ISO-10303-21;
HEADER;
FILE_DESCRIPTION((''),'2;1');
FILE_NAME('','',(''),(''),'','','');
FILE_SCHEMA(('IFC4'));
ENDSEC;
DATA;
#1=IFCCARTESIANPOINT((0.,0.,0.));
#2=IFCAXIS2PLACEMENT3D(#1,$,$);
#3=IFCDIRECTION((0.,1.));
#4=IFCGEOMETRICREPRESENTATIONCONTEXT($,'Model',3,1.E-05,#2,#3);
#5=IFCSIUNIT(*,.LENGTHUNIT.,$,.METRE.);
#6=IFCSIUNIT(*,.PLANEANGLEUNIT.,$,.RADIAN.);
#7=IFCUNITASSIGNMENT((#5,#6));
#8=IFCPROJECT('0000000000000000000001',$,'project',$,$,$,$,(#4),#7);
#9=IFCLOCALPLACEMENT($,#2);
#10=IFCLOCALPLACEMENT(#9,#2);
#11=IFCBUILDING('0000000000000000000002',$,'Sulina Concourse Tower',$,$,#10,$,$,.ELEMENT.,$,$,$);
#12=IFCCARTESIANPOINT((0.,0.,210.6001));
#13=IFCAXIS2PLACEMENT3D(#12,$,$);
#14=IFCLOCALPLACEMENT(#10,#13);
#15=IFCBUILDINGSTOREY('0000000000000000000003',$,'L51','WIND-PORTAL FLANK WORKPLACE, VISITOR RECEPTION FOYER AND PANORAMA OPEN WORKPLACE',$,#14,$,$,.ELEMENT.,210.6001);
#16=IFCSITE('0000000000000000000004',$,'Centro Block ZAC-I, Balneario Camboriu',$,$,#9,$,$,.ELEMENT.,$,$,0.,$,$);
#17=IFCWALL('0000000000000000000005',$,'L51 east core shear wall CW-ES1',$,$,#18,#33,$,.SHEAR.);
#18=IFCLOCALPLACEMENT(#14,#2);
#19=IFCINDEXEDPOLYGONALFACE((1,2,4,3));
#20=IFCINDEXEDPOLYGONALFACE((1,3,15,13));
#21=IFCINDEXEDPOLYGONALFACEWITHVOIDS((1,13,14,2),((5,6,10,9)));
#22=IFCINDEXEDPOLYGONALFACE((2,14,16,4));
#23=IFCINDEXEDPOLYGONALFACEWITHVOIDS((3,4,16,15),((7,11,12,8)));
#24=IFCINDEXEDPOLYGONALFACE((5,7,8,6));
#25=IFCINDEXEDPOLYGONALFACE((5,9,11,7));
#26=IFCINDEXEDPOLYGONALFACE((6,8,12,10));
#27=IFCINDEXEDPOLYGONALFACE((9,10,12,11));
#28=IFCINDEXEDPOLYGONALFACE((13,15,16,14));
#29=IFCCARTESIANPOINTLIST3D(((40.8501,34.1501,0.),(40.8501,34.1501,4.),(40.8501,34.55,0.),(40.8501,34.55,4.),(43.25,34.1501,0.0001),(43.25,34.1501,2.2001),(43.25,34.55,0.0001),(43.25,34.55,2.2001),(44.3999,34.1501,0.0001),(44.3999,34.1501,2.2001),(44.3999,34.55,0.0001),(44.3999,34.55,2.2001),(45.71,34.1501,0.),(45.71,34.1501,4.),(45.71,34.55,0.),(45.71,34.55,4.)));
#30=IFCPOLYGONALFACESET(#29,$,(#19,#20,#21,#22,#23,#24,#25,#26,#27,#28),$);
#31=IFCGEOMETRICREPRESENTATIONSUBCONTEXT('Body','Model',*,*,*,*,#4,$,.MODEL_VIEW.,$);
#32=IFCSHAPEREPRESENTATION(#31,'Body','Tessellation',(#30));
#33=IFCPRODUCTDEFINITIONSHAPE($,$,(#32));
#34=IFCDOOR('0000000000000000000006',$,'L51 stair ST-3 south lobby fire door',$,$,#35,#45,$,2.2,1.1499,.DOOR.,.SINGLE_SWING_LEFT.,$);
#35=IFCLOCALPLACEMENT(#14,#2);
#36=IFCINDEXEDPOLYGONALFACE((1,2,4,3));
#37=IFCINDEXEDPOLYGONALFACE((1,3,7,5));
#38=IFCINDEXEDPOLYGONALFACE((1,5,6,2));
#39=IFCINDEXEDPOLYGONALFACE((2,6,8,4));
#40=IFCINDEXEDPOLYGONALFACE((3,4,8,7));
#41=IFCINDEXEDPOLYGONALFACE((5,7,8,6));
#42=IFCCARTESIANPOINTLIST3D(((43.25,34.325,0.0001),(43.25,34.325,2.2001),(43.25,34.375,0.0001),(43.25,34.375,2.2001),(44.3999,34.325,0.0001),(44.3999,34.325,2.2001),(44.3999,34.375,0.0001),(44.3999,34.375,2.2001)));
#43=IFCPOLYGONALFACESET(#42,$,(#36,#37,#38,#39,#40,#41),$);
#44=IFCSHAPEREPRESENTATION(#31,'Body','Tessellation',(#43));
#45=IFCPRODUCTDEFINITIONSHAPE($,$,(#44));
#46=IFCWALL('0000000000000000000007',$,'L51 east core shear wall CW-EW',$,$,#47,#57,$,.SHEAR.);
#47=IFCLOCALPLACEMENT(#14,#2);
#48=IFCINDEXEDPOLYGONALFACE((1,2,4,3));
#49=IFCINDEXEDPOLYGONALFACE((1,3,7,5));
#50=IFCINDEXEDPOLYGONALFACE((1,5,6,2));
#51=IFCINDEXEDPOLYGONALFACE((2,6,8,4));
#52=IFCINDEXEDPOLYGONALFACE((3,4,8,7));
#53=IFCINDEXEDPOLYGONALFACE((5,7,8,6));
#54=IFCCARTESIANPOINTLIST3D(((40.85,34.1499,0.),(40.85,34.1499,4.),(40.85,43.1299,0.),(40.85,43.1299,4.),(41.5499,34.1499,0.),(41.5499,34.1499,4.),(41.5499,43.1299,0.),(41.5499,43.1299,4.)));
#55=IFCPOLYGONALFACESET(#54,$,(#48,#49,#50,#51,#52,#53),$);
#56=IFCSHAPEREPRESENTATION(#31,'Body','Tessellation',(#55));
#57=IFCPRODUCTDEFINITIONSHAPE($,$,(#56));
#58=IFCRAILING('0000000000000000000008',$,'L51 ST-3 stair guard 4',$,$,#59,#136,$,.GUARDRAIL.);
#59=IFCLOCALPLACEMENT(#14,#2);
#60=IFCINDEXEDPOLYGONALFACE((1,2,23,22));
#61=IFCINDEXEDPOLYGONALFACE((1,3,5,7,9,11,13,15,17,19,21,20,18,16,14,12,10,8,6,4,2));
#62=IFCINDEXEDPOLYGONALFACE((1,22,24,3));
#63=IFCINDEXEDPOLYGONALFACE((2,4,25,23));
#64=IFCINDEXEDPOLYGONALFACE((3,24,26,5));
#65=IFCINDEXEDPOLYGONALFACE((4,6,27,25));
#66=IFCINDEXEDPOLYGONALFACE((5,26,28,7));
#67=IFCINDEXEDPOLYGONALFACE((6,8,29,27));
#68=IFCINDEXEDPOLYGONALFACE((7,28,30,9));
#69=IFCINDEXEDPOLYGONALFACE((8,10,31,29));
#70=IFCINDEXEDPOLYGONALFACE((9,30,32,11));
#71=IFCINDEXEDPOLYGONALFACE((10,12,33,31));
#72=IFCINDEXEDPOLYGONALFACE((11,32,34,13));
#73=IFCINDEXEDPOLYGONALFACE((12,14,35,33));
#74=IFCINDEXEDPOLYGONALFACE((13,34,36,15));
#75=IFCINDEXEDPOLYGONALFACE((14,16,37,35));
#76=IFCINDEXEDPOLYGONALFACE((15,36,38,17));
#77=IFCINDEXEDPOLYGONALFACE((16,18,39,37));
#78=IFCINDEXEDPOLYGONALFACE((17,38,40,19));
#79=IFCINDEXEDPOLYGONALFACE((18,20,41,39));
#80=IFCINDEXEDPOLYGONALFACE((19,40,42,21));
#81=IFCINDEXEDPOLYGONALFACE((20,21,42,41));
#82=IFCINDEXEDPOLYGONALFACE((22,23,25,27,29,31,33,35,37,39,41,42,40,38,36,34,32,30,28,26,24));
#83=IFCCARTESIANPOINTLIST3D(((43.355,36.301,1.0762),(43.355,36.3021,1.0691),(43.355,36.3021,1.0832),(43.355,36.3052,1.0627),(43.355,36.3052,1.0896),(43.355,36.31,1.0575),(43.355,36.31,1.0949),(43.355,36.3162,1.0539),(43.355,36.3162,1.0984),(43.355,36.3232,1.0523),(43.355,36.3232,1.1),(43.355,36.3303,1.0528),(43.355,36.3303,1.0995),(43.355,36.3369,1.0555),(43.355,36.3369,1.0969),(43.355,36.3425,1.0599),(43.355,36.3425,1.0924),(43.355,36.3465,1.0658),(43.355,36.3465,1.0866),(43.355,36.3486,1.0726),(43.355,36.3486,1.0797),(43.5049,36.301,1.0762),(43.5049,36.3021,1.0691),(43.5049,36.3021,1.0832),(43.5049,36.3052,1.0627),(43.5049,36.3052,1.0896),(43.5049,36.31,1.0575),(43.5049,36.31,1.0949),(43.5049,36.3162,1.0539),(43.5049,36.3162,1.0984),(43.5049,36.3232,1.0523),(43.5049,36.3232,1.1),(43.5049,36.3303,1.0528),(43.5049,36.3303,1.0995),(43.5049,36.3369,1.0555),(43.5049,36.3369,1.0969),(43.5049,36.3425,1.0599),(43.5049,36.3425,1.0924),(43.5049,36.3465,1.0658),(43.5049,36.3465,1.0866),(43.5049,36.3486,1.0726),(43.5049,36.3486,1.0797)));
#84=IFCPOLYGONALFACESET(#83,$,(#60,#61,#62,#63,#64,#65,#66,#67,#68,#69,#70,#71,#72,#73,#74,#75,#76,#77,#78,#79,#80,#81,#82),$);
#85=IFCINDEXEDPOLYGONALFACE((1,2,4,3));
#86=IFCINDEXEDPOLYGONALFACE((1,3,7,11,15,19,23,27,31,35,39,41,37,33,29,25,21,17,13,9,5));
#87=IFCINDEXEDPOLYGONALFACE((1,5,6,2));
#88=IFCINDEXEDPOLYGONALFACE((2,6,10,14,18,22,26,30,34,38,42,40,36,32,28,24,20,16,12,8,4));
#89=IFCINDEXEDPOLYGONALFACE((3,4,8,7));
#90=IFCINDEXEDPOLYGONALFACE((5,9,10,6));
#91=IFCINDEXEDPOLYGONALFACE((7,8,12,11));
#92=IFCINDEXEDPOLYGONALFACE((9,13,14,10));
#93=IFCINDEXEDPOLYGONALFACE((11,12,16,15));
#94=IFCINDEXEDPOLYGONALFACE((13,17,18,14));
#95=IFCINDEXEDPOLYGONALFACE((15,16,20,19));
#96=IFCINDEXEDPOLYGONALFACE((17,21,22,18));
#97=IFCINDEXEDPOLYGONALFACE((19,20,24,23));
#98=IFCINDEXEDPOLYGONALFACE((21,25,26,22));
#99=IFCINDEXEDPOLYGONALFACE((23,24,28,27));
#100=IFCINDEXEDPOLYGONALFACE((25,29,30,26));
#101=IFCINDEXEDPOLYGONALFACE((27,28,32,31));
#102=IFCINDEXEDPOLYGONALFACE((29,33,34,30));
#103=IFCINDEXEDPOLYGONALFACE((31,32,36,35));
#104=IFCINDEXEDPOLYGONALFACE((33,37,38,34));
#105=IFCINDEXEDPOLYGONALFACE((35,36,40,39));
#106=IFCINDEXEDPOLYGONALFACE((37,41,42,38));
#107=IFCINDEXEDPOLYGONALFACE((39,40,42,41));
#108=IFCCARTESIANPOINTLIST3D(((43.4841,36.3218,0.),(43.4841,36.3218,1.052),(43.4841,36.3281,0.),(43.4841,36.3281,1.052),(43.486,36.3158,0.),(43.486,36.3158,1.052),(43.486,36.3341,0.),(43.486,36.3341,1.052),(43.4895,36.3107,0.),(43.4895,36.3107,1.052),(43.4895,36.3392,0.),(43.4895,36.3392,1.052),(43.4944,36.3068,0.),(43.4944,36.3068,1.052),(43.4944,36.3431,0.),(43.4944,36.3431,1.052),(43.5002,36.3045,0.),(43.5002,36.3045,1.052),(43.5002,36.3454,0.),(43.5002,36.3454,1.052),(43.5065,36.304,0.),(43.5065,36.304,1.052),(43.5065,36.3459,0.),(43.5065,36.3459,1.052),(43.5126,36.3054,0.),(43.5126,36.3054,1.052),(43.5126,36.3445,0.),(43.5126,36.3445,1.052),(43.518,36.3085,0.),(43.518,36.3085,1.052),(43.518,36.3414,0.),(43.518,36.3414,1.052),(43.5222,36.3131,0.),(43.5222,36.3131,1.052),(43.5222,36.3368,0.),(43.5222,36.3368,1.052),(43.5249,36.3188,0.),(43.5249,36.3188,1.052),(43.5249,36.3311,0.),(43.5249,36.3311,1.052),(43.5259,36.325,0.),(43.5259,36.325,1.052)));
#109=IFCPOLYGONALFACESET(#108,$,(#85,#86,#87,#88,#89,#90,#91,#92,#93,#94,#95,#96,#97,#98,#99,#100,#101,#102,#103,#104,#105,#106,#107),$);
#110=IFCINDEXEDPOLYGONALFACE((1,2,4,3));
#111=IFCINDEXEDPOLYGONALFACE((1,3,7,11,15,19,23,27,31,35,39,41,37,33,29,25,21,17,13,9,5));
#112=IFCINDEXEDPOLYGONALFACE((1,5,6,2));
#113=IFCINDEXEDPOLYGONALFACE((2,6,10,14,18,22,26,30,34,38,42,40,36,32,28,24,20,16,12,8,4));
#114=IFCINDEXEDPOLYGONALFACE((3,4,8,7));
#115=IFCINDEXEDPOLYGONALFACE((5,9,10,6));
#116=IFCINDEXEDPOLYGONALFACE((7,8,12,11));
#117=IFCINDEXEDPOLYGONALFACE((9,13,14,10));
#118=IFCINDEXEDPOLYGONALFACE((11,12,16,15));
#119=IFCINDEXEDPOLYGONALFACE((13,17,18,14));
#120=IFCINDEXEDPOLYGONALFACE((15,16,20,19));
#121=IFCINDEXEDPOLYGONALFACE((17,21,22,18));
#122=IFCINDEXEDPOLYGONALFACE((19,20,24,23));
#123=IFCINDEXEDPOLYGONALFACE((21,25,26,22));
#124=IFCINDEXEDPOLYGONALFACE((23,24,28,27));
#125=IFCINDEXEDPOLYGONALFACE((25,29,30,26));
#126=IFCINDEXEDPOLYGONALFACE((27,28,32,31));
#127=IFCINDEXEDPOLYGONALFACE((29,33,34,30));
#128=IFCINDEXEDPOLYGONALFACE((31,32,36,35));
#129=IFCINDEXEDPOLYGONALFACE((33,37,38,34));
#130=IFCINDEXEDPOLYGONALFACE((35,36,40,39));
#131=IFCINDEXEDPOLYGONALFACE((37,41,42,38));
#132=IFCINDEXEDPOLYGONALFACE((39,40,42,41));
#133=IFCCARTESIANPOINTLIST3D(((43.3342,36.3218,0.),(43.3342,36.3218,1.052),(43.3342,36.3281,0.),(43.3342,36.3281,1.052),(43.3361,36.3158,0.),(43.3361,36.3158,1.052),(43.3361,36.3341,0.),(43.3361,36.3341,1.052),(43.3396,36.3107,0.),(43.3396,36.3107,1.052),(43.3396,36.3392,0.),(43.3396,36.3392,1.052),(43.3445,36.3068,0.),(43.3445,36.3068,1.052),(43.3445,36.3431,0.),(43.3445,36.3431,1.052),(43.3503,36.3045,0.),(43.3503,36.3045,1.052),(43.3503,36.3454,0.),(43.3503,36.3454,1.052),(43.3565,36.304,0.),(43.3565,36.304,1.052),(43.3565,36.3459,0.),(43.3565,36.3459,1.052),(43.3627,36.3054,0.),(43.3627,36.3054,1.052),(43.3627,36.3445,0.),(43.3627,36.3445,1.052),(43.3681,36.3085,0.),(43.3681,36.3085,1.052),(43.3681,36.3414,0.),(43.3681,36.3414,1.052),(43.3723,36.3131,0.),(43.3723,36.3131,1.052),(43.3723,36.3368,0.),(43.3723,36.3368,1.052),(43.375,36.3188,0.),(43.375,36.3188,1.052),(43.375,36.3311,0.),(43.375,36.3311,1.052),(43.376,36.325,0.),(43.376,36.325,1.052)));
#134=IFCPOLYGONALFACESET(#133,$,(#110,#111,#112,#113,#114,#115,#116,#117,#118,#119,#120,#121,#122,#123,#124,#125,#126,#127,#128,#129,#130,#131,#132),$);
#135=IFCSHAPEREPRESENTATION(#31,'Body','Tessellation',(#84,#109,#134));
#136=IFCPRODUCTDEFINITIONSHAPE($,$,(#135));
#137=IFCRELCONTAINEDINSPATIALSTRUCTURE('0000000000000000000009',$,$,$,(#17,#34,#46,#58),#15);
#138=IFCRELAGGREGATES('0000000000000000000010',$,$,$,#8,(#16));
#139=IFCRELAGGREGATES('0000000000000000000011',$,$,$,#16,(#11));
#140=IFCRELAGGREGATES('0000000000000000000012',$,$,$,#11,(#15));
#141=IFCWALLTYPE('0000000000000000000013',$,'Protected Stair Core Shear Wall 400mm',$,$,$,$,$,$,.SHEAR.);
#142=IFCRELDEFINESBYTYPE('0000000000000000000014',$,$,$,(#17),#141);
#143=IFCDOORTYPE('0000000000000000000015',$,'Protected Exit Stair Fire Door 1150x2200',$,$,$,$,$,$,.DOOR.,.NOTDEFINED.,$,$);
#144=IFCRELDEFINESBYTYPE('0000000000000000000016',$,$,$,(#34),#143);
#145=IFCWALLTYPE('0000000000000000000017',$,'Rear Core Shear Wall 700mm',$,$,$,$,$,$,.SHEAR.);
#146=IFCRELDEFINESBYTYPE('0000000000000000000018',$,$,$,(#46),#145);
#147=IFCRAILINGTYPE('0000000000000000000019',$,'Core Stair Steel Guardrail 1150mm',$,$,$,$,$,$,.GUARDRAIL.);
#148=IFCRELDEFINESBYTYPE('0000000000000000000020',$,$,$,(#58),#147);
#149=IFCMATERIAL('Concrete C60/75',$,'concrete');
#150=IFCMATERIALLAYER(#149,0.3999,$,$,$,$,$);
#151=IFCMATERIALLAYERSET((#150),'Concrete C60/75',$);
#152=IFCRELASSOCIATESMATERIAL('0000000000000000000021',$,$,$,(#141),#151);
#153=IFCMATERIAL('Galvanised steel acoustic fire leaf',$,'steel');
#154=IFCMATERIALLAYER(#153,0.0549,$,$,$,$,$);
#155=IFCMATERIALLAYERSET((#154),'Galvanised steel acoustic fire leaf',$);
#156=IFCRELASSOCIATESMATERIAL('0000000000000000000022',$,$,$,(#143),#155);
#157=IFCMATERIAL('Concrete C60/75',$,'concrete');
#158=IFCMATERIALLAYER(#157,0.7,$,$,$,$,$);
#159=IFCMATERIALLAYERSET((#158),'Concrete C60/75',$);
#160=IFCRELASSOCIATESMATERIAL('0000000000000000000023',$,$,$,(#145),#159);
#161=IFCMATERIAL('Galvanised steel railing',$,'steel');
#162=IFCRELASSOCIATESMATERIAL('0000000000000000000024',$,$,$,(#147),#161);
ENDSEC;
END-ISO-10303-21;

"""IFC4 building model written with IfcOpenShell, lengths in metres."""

from ifc_helpers import new_model, si_unit, direction, frame, frame_2d, origin, origin_2d, place, context, subcontext, project, spatial, rectangle, circle, extrude, material, layer, layer_set, type_object, element, fill, save


model = new_model("IFC4")

# Units and contexts
model_context = context("Model", 3, precision=1e-05, world=origin(), true_north=direction((0.0, 1.0)))
body_context = subcontext(model_context, "Body", "Model", "MODEL_VIEW")
ifc_project = project(units=[si_unit("LENGTHUNIT", "METRE"), si_unit("PLANEANGLEUNIT", "RADIAN")], contexts=[model_context])

# Site, building, storey
site_placement = place(None, origin())
site = spatial("IfcSite", under=ifc_project, at=site_placement, Name="Centro Block ZAC-I, Balneario Camboriu", CompositionType="ELEMENT", RefElevation=0.0)
building_placement = place(site_placement, origin())
building = spatial("IfcBuilding", under=site, at=building_placement, Name="Sulina Concourse Tower", CompositionType="ELEMENT")
storey_placement = place(building_placement, frame((0.0, 0.0, 210.6001)))
storey = spatial("IfcBuildingStorey", under=building, at=storey_placement, Name="L51", Description="WIND-PORTAL FLANK WORKPLACE, VISITOR RECEPTION FOYER AND PANORAMA OPEN WORKPLACE", CompositionType="ELEMENT", Elevation=210.6001)

# Wall, opening, door
ifc_material_1 = material(Name="Concrete C60/75", Category="concrete")
ifc_layer_1 = layer(ifc_material_1, 0.3999)
ifc_layer_set_1 = layer_set([ifc_layer_1], Name="Concrete C60/75")
wall_type_1 = type_object("IfcWallType", Name="Protected Stair Core Shear Wall 400mm", PredefinedType="SHEAR", material=ifc_layer_set_1)
wall_1_placement = place(storey_placement, frame((40.8501, 34.3501, 0.0), z_axis=(0.0, 0.0, 1.0), x_axis=(1.0, 0.0, 0.0)))
wall_1 = element("IfcWall", 1, at=wall_1_placement, inside=storey, type_object=wall_type_1, Name="L51 east core shear wall CW-ES1", PredefinedType="SHEAR", context=body_context, shape_type="SweptSolid", body=[
    extrude(rectangle(XDim=4.8599, YDim=0.3999, at=frame_2d((2.4299, 0.0))), origin(), (0.0, 0.0, 1.0), 4.0),
])
opening_1_placement = place(wall_1_placement, frame((2.3999, 0.0, 0.0)))
opening_1 = element("IfcOpeningElement", 2, at=opening_1_placement, cuts=wall_1, PredefinedType="OPENING", context=body_context, shape_type="SweptSolid", body=[
    extrude(rectangle(XDim=1.1499, YDim=2.2, at=frame_2d((0.575, 1.1001))), frame((0.0, 0.21, 0.0), z_axis=(0.0, -1.0, 0.0), x_axis=(1.0, 0.0, 0.0)), (0.0, 0.0, 1.0), 0.4199),
])
ifc_material_2 = material(Name="Galvanised steel acoustic fire leaf", Category="steel")
ifc_layer_2 = layer(ifc_material_2, 0.0549)
ifc_layer_set_2 = layer_set([ifc_layer_2], Name="Galvanised steel acoustic fire leaf")
door_type_1 = type_object("IfcDoorType", Name="Protected Exit Stair Fire Door 1150x2200", OperationType="NOTDEFINED", PredefinedType="DOOR", material=ifc_layer_set_2)
door_1_placement = place(opening_1_placement, origin())
door_1 = element("IfcDoor", 3, at=door_1_placement, inside=storey, type_object=door_type_1, Name="L51 stair ST-3 south lobby fire door", OperationType="SINGLE_SWING_LEFT", OverallHeight=2.2, OverallWidth=1.1499, PredefinedType="DOOR", context=body_context, shape_type="SweptSolid", body=[
    extrude(rectangle(XDim=1.1499, YDim=2.2, at=frame_2d((0.575, 1.1001))), frame((0.0, 0.0249, 0.0), z_axis=(0.0, -1.0, 0.0), x_axis=(1.0, 0.0, 0.0)), (0.0, 0.0, 1.0), 0.05),
])
fill(opening_1, door_1)

# Wall
ifc_material_3 = material(Name="Concrete C60/75", Category="concrete")
ifc_layer_3 = layer(ifc_material_3, 0.7)
ifc_layer_set_3 = layer_set([ifc_layer_3], Name="Concrete C60/75")
wall_type_2 = type_object("IfcWallType", Name="Rear Core Shear Wall 700mm", PredefinedType="SHEAR", material=ifc_layer_set_3)
wall_2_placement = place(storey_placement, frame((41.2, 34.1499, 0.0), z_axis=(0.0, 0.0, 1.0), x_axis=(0.0, 1.0, 0.0)))
element("IfcWall", 4, at=wall_2_placement, inside=storey, type_object=wall_type_2, Name="L51 east core shear wall CW-EW", PredefinedType="SHEAR", context=body_context, shape_type="SweptSolid", body=[
    extrude(rectangle(XDim=8.98, YDim=0.7, at=frame_2d((4.49, 0.0))), origin(), (0.0, 0.0, 1.0), 4.0),
])

# Railing
ifc_material_4 = material(Name="Galvanised steel railing", Category="steel")
railing_type = type_object("IfcRailingType", Name="Core Stair Steel Guardrail 1150mm", PredefinedType="GUARDRAIL", material=ifc_material_4)
railing_placement = place(storey_placement, frame((43.5049, 36.325, 0.0)))
element("IfcRailing", 5, at=railing_placement, inside=storey, type_object=railing_type, Name="L51 ST-3 stair guard 4", PredefinedType="GUARDRAIL", context=body_context, shape_type="SweptSolid", body=[
    extrude(circle(Radius=0.0239, at=origin_2d()), frame((0.0, 0.0, 1.0762), z_axis=(-1.0, 0.0, 0.0), x_axis=(0.0, -1.0, 0.0)), (0.0, 0.0, 1.0), 0.1499),
    extrude(circle(Radius=0.021, at=origin_2d()), origin(), (0.0, 0.0, 1.0), 1.052),
    extrude(circle(Radius=0.021, at=origin_2d()), frame((-0.1499, 0.0, 0.0)), (0.0, 0.0, 1.0), 1.052),
])

save(model, "model.ifc")
